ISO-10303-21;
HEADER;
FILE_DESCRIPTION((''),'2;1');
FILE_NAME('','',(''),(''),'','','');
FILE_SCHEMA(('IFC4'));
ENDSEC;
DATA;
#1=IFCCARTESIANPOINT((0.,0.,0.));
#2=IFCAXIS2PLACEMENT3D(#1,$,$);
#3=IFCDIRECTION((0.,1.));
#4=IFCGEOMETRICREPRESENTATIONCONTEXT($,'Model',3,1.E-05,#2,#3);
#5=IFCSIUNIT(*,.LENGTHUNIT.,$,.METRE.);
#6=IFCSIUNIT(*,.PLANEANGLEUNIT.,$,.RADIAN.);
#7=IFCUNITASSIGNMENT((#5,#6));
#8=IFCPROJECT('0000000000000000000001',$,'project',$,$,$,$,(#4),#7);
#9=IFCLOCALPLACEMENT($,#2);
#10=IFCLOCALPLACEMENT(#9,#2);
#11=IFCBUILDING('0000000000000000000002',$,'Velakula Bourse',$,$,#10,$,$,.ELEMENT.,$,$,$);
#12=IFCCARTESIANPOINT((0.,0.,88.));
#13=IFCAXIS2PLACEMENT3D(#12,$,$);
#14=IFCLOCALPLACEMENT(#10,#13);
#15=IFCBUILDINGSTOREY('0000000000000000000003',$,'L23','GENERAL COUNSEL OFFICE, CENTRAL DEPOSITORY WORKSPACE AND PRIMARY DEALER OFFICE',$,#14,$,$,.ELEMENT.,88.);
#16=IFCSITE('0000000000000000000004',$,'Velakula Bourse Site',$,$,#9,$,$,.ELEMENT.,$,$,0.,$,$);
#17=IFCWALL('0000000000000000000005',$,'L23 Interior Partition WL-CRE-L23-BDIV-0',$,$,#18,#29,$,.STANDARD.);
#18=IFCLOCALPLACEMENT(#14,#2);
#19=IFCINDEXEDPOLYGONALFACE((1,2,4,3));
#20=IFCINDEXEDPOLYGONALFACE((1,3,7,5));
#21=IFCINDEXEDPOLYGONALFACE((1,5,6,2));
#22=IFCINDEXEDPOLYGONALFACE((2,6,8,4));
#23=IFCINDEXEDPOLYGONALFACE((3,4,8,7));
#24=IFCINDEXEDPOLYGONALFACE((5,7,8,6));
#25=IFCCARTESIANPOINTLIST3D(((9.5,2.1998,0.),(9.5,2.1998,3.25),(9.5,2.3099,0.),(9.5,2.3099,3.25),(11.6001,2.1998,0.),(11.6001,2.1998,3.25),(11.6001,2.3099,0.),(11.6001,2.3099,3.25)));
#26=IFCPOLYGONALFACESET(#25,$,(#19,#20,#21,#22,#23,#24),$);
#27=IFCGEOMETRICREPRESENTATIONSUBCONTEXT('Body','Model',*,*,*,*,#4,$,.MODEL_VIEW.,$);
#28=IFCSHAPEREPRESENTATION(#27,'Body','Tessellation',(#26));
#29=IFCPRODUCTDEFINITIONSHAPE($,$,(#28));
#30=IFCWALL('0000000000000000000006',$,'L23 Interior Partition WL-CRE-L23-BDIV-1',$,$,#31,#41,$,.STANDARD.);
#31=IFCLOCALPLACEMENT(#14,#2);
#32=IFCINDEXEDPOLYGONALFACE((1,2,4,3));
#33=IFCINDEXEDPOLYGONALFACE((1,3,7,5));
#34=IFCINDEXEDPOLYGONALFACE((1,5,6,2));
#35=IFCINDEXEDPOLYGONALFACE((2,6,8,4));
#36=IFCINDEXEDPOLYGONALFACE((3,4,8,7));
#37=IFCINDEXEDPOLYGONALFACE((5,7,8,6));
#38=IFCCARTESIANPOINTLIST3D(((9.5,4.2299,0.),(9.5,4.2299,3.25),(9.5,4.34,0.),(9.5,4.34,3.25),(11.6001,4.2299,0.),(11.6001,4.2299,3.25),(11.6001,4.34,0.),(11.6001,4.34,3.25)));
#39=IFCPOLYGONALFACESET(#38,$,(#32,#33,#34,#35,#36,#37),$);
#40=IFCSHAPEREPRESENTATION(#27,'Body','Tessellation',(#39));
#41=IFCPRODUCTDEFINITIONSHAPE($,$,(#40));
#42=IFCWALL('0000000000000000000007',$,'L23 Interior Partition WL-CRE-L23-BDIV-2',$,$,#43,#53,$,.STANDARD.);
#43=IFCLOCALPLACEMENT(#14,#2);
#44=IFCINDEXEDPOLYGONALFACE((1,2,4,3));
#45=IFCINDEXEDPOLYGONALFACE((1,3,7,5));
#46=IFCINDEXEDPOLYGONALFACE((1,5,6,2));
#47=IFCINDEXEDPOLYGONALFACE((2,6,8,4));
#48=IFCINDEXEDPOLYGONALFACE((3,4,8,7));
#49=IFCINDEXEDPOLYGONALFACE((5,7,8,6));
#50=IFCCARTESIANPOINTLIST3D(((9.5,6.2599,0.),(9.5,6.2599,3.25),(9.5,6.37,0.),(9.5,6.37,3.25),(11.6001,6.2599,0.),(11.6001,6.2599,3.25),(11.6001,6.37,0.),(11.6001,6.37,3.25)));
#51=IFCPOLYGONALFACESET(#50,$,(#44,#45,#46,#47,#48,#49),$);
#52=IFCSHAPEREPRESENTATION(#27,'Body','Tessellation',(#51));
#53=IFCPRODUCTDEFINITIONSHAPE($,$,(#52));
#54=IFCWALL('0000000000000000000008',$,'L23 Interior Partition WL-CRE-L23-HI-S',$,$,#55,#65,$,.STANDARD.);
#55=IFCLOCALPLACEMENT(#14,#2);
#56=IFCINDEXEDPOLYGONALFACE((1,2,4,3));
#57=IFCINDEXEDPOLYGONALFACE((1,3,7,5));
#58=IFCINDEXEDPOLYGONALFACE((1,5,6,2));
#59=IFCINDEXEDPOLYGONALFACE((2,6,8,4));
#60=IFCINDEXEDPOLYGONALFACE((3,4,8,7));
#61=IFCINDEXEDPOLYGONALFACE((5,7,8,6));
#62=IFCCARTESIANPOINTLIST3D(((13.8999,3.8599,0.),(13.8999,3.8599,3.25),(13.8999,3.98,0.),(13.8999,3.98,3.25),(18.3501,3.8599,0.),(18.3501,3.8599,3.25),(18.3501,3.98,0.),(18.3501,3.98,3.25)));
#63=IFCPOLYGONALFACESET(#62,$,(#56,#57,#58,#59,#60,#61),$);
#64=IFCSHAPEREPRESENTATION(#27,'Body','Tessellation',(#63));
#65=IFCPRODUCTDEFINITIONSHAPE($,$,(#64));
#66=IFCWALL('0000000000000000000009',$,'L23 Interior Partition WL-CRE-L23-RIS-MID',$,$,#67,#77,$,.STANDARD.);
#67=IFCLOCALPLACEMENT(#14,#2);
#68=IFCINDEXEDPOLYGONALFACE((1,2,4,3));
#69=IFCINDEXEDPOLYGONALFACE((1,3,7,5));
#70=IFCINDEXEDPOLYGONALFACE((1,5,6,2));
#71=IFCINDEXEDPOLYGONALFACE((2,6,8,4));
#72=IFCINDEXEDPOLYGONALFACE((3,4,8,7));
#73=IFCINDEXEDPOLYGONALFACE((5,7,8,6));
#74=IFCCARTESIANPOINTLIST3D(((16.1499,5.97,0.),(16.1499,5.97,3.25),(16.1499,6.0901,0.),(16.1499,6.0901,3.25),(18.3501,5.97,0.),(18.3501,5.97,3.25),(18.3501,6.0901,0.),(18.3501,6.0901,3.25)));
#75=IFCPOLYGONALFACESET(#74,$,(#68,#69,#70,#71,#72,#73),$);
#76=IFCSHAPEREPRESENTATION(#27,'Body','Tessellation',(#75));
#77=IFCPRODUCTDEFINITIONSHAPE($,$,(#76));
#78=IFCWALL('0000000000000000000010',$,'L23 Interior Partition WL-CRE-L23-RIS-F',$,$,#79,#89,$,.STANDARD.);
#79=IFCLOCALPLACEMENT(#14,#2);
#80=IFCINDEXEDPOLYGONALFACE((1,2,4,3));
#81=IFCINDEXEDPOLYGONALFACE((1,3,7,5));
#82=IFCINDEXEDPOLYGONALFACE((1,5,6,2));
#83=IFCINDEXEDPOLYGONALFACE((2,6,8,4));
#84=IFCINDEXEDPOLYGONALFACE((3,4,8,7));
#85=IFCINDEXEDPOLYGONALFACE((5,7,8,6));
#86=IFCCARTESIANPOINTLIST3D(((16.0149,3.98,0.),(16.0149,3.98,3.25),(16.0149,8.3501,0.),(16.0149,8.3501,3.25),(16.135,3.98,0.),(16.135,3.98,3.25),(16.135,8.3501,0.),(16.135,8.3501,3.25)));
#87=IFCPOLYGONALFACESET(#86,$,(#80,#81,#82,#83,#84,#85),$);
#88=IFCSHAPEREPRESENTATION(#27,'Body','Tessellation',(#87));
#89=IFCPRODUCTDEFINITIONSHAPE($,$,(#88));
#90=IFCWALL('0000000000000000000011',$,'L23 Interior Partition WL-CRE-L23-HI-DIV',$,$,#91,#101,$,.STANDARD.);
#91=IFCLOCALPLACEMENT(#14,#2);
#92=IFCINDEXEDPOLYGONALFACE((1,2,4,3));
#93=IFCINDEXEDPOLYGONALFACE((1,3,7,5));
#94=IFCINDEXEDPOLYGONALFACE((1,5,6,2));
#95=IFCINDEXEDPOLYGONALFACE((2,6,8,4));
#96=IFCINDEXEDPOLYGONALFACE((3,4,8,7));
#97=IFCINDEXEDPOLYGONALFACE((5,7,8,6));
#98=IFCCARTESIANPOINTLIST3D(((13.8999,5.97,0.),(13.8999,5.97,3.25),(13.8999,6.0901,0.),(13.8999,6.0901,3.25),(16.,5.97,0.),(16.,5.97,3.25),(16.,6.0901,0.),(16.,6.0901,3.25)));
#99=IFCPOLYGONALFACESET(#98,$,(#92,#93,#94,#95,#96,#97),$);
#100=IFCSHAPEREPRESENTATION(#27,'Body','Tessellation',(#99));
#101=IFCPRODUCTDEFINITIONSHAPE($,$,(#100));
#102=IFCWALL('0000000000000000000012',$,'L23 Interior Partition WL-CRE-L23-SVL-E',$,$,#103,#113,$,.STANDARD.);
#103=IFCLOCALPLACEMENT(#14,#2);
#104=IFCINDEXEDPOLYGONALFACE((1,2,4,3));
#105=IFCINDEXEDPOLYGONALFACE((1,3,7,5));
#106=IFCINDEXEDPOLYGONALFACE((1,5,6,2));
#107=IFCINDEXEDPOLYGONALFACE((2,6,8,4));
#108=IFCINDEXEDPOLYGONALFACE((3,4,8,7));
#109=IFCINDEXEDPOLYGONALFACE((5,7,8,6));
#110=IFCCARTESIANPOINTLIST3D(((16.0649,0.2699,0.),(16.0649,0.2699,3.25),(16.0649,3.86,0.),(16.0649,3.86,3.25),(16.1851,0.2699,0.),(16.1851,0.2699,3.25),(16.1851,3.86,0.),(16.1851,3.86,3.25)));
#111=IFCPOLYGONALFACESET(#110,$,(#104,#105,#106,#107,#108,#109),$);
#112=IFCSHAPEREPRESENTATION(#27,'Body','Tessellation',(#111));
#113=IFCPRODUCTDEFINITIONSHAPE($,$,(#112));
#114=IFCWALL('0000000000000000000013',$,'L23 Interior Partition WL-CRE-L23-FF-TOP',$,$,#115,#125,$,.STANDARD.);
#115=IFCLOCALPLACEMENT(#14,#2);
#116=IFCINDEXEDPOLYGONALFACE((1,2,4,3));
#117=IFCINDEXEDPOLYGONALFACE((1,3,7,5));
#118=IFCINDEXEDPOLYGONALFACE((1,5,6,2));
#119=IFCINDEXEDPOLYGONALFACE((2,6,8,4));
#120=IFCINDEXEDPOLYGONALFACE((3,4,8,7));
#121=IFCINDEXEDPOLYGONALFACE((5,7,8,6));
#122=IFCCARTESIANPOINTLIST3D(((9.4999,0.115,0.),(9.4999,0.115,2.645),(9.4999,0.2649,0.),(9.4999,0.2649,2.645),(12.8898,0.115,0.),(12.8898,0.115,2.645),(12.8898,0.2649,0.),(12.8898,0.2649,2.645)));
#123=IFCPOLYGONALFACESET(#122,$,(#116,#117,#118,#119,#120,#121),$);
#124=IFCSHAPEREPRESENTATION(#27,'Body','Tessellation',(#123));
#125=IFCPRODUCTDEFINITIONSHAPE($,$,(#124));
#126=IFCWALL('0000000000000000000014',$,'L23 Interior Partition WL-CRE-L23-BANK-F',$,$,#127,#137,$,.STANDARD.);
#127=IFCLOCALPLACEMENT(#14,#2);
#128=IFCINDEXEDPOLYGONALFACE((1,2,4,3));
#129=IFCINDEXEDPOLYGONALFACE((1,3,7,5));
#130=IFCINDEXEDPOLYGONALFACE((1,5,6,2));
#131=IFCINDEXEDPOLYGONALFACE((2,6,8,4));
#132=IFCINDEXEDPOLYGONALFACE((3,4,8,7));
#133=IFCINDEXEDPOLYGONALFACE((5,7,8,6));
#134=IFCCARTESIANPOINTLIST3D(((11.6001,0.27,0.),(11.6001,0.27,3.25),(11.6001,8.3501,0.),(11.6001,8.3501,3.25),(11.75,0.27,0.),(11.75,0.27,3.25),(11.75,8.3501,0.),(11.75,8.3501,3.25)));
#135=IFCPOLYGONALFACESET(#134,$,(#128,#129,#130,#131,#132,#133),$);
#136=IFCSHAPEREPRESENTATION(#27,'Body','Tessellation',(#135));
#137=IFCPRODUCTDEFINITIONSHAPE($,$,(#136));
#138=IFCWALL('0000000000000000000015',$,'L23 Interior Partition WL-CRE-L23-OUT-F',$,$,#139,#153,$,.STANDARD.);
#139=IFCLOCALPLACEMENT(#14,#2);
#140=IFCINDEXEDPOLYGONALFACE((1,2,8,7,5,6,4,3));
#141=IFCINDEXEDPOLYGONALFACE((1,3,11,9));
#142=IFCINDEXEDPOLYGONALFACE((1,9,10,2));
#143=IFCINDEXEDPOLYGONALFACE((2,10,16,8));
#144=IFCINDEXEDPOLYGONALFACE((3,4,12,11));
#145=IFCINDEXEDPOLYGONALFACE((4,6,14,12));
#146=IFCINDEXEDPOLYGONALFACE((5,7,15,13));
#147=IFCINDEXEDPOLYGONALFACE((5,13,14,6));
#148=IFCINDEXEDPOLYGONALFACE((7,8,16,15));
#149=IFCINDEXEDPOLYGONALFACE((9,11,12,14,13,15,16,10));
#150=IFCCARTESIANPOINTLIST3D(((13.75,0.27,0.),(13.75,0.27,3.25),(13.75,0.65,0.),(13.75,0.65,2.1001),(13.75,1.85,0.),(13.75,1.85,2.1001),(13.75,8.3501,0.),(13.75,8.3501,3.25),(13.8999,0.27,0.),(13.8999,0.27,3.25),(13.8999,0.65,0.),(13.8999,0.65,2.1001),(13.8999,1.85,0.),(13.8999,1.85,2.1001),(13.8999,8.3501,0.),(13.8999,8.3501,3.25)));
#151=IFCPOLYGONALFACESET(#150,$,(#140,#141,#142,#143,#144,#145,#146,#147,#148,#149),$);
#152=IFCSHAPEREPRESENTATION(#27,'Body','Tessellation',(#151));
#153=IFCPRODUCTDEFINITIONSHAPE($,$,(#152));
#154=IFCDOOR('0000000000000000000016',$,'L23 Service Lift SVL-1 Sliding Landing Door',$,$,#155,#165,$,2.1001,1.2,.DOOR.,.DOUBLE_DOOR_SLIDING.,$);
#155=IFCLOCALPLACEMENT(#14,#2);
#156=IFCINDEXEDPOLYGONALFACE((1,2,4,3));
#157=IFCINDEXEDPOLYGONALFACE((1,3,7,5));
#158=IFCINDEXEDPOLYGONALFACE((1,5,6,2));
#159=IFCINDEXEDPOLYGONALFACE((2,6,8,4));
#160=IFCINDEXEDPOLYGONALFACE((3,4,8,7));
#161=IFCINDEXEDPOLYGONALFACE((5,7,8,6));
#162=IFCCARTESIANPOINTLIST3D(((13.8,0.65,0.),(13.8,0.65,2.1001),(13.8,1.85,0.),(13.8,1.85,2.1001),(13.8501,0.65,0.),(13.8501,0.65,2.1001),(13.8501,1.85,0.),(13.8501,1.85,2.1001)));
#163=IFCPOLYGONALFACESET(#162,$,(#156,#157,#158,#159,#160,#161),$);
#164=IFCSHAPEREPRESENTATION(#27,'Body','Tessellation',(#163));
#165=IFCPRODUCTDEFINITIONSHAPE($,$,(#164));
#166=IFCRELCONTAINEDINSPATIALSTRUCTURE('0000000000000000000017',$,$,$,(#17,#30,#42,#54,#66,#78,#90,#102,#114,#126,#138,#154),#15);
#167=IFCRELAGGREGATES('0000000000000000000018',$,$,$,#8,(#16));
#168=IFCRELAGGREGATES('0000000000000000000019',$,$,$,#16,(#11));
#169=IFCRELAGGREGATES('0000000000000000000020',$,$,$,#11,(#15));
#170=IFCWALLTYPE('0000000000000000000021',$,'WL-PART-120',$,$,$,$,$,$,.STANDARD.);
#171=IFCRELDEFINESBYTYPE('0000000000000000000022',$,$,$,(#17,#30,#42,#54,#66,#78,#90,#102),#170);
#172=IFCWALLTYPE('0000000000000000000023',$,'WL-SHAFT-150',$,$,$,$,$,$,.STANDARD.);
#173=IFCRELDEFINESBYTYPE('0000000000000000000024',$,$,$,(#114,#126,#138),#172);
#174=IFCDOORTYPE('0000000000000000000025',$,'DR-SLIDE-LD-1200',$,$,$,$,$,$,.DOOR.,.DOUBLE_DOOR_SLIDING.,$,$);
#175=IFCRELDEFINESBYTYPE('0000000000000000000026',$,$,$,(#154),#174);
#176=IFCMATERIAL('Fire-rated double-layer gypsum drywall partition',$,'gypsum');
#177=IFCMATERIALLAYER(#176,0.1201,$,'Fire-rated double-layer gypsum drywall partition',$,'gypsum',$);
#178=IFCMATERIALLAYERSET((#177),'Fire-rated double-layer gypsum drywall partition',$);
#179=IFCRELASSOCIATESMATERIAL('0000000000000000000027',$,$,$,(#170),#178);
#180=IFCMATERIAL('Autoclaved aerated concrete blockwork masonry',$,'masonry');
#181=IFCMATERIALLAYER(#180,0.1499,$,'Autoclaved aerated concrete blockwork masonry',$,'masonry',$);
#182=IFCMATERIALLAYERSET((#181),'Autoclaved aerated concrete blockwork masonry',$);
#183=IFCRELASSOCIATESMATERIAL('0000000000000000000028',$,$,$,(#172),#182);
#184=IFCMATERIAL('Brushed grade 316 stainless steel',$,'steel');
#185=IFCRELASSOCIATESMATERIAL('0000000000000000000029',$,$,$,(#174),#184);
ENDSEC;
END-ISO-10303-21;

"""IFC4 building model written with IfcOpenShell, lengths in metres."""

from ifc_helpers import new_model, si_unit, direction, frame, frame_2d, origin, place, context, subcontext, project, spatial, rectangle, extrude, material, layer, layer_set, type_object, element, fill, save


model = new_model("IFC4")

# Units and contexts
model_context = context("Model", 3, precision=1e-05, world=origin(), true_north=direction((0.0, 1.0)))
body_context = subcontext(model_context, "Body", "Model", "MODEL_VIEW")
ifc_project = project(units=[si_unit("LENGTHUNIT", "METRE"), si_unit("PLANEANGLEUNIT", "RADIAN")], contexts=[model_context])

# Site, building, storey
site_placement = place(None, origin())
site = spatial("IfcSite", under=ifc_project, at=site_placement, Name="Velakula Bourse Site", CompositionType="ELEMENT", RefElevation=0.0)
building_placement = place(site_placement, origin())
building = spatial("IfcBuilding", under=site, at=building_placement, Name="Velakula Bourse", CompositionType="ELEMENT")
storey_placement = place(building_placement, frame((0.0, 0.0, 88.0)))
storey = spatial("IfcBuildingStorey", under=building, at=storey_placement, Name="L23", Description="GENERAL COUNSEL OFFICE, CENTRAL DEPOSITORY WORKSPACE AND PRIMARY DEALER OFFICE", CompositionType="ELEMENT", Elevation=88.0)

# Shared definitions
ifc_material_1 = material(Name="Fire-rated double-layer gypsum drywall partition", Category="gypsum")
ifc_layer_1 = layer(ifc_material_1, 0.1201, Name="Fire-rated double-layer gypsum drywall partition", Category="gypsum")
ifc_layer_set_1 = layer_set([ifc_layer_1], Name="Fire-rated double-layer gypsum drywall partition")
wall_type_1 = type_object("IfcWallType", Name="WL-PART-120", PredefinedType="STANDARD", material=ifc_layer_set_1)

# Walls
for number, where, z_axis, x_axis, name in (
    (1, (9.5, 2.2549, 0.0), (0.0, 0.0, 1.0), (1.0, 0.0, 0.0), "L23 Interior Partition WL-CRE-L23-BDIV-0"),
    (2, (9.5, 4.2849, 0.0), (0.0, 0.0, 1.0), (1.0, 0.0, 0.0), "L23 Interior Partition WL-CRE-L23-BDIV-1"),
    (3, (9.5, 6.3149, 0.0), (0.0, 0.0, 1.0), (1.0, 0.0, 0.0), "L23 Interior Partition WL-CRE-L23-BDIV-2"),
):
    element("IfcWall", number, at=place(storey_placement, frame(where, z_axis=z_axis, x_axis=x_axis)), inside=storey, type_object=wall_type_1, Name=name, PredefinedType="STANDARD", context=body_context, shape_type="SweptSolid", body=[
        extrude(rectangle(XDim=2.1001, YDim=0.1101, at=frame_2d((1.05, 0.0))), origin(), (0.0, 0.0, 1.0), 3.25),
    ])
wall_1_placement = place(storey_placement, frame((13.8999, 3.9199, 0.0), z_axis=(0.0, 0.0, 1.0), x_axis=(1.0, 0.0, 0.0)))
element("IfcWall", 4, at=wall_1_placement, inside=storey, type_object=wall_type_1, Name="L23 Interior Partition WL-CRE-L23-HI-S", PredefinedType="STANDARD", context=body_context, shape_type="SweptSolid", body=[
    extrude(rectangle(XDim=4.4502, YDim=0.1201, at=frame_2d((2.2251, 0.0))), origin(), (0.0, 0.0, 1.0), 3.25),
])
wall_2_placement = place(storey_placement, frame((16.1499, 6.03, 0.0), z_axis=(0.0, 0.0, 1.0), x_axis=(1.0, 0.0, 0.0)))
element("IfcWall", 5, at=wall_2_placement, inside=storey, type_object=wall_type_1, Name="L23 Interior Partition WL-CRE-L23-RIS-MID", PredefinedType="STANDARD", context=body_context, shape_type="SweptSolid", body=[
    extrude(rectangle(XDim=2.2002, YDim=0.1201, at=frame_2d((1.1001, 0.0))), origin(), (0.0, 0.0, 1.0), 3.25),
])
wall_3_placement = place(storey_placement, frame((16.075, 3.98, 0.0), z_axis=(0.0, 0.0, 1.0), x_axis=(0.0, 1.0, 0.0)))
element("IfcWall", 6, at=wall_3_placement, inside=storey, type_object=wall_type_1, Name="L23 Interior Partition WL-CRE-L23-RIS-F", PredefinedType="STANDARD", context=body_context, shape_type="SweptSolid", body=[
    extrude(rectangle(XDim=4.3701, YDim=0.1201, at=frame_2d((2.1851, 0.0))), origin(), (0.0, 0.0, 1.0), 3.25),
])
wall_4_placement = place(storey_placement, frame((13.8999, 6.03, 0.0), z_axis=(0.0, 0.0, 1.0), x_axis=(1.0, 0.0, 0.0)))
element("IfcWall", 7, at=wall_4_placement, inside=storey, type_object=wall_type_1, Name="L23 Interior Partition WL-CRE-L23-HI-DIV", PredefinedType="STANDARD", context=body_context, shape_type="SweptSolid", body=[
    extrude(rectangle(XDim=2.1001, YDim=0.1201, at=frame_2d((1.05, 0.0))), origin(), (0.0, 0.0, 1.0), 3.25),
])
wall_5_placement = place(storey_placement, frame((16.125, 0.27, 0.0), z_axis=(0.0, 0.0, 1.0), x_axis=(0.0, 1.0, 0.0)))
element("IfcWall", 8, at=wall_5_placement, inside=storey, type_object=wall_type_1, Name="L23 Interior Partition WL-CRE-L23-SVL-E", PredefinedType="STANDARD", context=body_context, shape_type="SweptSolid", body=[
    extrude(rectangle(XDim=3.5901, YDim=0.1201, at=frame_2d((1.7949, 0.0))), origin(), (0.0, 0.0, 1.0), 3.25),
])
ifc_material_2 = material(Name="Autoclaved aerated concrete blockwork masonry", Category="masonry")
ifc_layer_2 = layer(ifc_material_2, 0.1499, Name="Autoclaved aerated concrete blockwork masonry", Category="masonry")
ifc_layer_set_2 = layer_set([ifc_layer_2], Name="Autoclaved aerated concrete blockwork masonry")
wall_type_2 = type_object("IfcWallType", Name="WL-SHAFT-150", PredefinedType="STANDARD", material=ifc_layer_set_2)
wall_6_placement = place(storey_placement, frame((9.5, 0.1899, 0.0), z_axis=(0.0, 0.0, 1.0), x_axis=(1.0, 0.0, 0.0)))
element("IfcWall", 9, at=wall_6_placement, inside=storey, type_object=wall_type_2, Name="L23 Interior Partition WL-CRE-L23-FF-TOP", PredefinedType="STANDARD", context=body_context, shape_type="SweptSolid", body=[
    extrude(rectangle(XDim=3.3899, YDim=0.1499, at=frame_2d((1.6948, 0.0))), origin(), (0.0, 0.0, 1.0), 2.645),
])
wall_7_placement = place(storey_placement, frame((11.675, 0.27, 0.0), z_axis=(0.0, 0.0, 1.0), x_axis=(0.0, 1.0, 0.0)))
element("IfcWall", 10, at=wall_7_placement, inside=storey, type_object=wall_type_2, Name="L23 Interior Partition WL-CRE-L23-BANK-F", PredefinedType="STANDARD", context=body_context, shape_type="SweptSolid", body=[
    extrude(rectangle(XDim=8.0801, YDim=0.1499, at=frame_2d((4.04, 0.0))), origin(), (0.0, 0.0, 1.0), 3.25),
])

# Wall, opening, door
wall_8_placement = place(storey_placement, frame((13.825, 0.27, 0.0), z_axis=(0.0, 0.0, 1.0), x_axis=(0.0, 1.0, 0.0)))
wall_8 = element("IfcWall", 11, at=wall_8_placement, inside=storey, type_object=wall_type_2, Name="L23 Interior Partition WL-CRE-L23-OUT-F", PredefinedType="STANDARD", context=body_context, shape_type="SweptSolid", body=[
    extrude(rectangle(XDim=8.0801, YDim=0.1499, at=frame_2d((4.04, 0.0))), origin(), (0.0, 0.0, 1.0), 3.25),
])
opening_1_placement = place(wall_8_placement, frame((0.3799, 0.0, 0.0)))
opening_1 = element("IfcOpeningElement", 12, at=opening_1_placement, cuts=wall_8, PredefinedType="OPENING", context=body_context, shape_type="SweptSolid", body=[
    extrude(rectangle(XDim=1.2, YDim=2.1001, at=frame_2d((0.6001, 1.05))), frame((0.0, 0.085, 0.0), z_axis=(0.0, -1.0, 0.0), x_axis=(1.0, 0.0, 0.0)), (0.0, 0.0, 1.0), 0.1699),
])
ifc_material_3 = material(Name="Brushed grade 316 stainless steel", Category="steel")
door_type_1 = type_object("IfcDoorType", Name="DR-SLIDE-LD-1200", OperationType="DOUBLE_DOOR_SLIDING", PredefinedType="DOOR", material=ifc_material_3)
door_1_placement = place(opening_1_placement, origin())
door_1 = element("IfcDoor", 13, at=door_1_placement, inside=storey, type_object=door_type_1, Name="L23 Service Lift SVL-1 Sliding Landing Door", OperationType="DOUBLE_DOOR_SLIDING", OverallHeight=2.1001, OverallWidth=1.2, PredefinedType="DOOR", context=body_context, shape_type="SweptSolid", body=[
    extrude(rectangle(XDim=1.2, YDim=2.1001, at=frame_2d((0.6001, 1.05))), frame((0.0, 0.0249, 0.0), z_axis=(0.0, -1.0, 0.0), x_axis=(1.0, 0.0, 0.0)), (0.0, 0.0, 1.0), 0.05),
])
fill(opening_1, door_1)

save(model, "model.ifc")
